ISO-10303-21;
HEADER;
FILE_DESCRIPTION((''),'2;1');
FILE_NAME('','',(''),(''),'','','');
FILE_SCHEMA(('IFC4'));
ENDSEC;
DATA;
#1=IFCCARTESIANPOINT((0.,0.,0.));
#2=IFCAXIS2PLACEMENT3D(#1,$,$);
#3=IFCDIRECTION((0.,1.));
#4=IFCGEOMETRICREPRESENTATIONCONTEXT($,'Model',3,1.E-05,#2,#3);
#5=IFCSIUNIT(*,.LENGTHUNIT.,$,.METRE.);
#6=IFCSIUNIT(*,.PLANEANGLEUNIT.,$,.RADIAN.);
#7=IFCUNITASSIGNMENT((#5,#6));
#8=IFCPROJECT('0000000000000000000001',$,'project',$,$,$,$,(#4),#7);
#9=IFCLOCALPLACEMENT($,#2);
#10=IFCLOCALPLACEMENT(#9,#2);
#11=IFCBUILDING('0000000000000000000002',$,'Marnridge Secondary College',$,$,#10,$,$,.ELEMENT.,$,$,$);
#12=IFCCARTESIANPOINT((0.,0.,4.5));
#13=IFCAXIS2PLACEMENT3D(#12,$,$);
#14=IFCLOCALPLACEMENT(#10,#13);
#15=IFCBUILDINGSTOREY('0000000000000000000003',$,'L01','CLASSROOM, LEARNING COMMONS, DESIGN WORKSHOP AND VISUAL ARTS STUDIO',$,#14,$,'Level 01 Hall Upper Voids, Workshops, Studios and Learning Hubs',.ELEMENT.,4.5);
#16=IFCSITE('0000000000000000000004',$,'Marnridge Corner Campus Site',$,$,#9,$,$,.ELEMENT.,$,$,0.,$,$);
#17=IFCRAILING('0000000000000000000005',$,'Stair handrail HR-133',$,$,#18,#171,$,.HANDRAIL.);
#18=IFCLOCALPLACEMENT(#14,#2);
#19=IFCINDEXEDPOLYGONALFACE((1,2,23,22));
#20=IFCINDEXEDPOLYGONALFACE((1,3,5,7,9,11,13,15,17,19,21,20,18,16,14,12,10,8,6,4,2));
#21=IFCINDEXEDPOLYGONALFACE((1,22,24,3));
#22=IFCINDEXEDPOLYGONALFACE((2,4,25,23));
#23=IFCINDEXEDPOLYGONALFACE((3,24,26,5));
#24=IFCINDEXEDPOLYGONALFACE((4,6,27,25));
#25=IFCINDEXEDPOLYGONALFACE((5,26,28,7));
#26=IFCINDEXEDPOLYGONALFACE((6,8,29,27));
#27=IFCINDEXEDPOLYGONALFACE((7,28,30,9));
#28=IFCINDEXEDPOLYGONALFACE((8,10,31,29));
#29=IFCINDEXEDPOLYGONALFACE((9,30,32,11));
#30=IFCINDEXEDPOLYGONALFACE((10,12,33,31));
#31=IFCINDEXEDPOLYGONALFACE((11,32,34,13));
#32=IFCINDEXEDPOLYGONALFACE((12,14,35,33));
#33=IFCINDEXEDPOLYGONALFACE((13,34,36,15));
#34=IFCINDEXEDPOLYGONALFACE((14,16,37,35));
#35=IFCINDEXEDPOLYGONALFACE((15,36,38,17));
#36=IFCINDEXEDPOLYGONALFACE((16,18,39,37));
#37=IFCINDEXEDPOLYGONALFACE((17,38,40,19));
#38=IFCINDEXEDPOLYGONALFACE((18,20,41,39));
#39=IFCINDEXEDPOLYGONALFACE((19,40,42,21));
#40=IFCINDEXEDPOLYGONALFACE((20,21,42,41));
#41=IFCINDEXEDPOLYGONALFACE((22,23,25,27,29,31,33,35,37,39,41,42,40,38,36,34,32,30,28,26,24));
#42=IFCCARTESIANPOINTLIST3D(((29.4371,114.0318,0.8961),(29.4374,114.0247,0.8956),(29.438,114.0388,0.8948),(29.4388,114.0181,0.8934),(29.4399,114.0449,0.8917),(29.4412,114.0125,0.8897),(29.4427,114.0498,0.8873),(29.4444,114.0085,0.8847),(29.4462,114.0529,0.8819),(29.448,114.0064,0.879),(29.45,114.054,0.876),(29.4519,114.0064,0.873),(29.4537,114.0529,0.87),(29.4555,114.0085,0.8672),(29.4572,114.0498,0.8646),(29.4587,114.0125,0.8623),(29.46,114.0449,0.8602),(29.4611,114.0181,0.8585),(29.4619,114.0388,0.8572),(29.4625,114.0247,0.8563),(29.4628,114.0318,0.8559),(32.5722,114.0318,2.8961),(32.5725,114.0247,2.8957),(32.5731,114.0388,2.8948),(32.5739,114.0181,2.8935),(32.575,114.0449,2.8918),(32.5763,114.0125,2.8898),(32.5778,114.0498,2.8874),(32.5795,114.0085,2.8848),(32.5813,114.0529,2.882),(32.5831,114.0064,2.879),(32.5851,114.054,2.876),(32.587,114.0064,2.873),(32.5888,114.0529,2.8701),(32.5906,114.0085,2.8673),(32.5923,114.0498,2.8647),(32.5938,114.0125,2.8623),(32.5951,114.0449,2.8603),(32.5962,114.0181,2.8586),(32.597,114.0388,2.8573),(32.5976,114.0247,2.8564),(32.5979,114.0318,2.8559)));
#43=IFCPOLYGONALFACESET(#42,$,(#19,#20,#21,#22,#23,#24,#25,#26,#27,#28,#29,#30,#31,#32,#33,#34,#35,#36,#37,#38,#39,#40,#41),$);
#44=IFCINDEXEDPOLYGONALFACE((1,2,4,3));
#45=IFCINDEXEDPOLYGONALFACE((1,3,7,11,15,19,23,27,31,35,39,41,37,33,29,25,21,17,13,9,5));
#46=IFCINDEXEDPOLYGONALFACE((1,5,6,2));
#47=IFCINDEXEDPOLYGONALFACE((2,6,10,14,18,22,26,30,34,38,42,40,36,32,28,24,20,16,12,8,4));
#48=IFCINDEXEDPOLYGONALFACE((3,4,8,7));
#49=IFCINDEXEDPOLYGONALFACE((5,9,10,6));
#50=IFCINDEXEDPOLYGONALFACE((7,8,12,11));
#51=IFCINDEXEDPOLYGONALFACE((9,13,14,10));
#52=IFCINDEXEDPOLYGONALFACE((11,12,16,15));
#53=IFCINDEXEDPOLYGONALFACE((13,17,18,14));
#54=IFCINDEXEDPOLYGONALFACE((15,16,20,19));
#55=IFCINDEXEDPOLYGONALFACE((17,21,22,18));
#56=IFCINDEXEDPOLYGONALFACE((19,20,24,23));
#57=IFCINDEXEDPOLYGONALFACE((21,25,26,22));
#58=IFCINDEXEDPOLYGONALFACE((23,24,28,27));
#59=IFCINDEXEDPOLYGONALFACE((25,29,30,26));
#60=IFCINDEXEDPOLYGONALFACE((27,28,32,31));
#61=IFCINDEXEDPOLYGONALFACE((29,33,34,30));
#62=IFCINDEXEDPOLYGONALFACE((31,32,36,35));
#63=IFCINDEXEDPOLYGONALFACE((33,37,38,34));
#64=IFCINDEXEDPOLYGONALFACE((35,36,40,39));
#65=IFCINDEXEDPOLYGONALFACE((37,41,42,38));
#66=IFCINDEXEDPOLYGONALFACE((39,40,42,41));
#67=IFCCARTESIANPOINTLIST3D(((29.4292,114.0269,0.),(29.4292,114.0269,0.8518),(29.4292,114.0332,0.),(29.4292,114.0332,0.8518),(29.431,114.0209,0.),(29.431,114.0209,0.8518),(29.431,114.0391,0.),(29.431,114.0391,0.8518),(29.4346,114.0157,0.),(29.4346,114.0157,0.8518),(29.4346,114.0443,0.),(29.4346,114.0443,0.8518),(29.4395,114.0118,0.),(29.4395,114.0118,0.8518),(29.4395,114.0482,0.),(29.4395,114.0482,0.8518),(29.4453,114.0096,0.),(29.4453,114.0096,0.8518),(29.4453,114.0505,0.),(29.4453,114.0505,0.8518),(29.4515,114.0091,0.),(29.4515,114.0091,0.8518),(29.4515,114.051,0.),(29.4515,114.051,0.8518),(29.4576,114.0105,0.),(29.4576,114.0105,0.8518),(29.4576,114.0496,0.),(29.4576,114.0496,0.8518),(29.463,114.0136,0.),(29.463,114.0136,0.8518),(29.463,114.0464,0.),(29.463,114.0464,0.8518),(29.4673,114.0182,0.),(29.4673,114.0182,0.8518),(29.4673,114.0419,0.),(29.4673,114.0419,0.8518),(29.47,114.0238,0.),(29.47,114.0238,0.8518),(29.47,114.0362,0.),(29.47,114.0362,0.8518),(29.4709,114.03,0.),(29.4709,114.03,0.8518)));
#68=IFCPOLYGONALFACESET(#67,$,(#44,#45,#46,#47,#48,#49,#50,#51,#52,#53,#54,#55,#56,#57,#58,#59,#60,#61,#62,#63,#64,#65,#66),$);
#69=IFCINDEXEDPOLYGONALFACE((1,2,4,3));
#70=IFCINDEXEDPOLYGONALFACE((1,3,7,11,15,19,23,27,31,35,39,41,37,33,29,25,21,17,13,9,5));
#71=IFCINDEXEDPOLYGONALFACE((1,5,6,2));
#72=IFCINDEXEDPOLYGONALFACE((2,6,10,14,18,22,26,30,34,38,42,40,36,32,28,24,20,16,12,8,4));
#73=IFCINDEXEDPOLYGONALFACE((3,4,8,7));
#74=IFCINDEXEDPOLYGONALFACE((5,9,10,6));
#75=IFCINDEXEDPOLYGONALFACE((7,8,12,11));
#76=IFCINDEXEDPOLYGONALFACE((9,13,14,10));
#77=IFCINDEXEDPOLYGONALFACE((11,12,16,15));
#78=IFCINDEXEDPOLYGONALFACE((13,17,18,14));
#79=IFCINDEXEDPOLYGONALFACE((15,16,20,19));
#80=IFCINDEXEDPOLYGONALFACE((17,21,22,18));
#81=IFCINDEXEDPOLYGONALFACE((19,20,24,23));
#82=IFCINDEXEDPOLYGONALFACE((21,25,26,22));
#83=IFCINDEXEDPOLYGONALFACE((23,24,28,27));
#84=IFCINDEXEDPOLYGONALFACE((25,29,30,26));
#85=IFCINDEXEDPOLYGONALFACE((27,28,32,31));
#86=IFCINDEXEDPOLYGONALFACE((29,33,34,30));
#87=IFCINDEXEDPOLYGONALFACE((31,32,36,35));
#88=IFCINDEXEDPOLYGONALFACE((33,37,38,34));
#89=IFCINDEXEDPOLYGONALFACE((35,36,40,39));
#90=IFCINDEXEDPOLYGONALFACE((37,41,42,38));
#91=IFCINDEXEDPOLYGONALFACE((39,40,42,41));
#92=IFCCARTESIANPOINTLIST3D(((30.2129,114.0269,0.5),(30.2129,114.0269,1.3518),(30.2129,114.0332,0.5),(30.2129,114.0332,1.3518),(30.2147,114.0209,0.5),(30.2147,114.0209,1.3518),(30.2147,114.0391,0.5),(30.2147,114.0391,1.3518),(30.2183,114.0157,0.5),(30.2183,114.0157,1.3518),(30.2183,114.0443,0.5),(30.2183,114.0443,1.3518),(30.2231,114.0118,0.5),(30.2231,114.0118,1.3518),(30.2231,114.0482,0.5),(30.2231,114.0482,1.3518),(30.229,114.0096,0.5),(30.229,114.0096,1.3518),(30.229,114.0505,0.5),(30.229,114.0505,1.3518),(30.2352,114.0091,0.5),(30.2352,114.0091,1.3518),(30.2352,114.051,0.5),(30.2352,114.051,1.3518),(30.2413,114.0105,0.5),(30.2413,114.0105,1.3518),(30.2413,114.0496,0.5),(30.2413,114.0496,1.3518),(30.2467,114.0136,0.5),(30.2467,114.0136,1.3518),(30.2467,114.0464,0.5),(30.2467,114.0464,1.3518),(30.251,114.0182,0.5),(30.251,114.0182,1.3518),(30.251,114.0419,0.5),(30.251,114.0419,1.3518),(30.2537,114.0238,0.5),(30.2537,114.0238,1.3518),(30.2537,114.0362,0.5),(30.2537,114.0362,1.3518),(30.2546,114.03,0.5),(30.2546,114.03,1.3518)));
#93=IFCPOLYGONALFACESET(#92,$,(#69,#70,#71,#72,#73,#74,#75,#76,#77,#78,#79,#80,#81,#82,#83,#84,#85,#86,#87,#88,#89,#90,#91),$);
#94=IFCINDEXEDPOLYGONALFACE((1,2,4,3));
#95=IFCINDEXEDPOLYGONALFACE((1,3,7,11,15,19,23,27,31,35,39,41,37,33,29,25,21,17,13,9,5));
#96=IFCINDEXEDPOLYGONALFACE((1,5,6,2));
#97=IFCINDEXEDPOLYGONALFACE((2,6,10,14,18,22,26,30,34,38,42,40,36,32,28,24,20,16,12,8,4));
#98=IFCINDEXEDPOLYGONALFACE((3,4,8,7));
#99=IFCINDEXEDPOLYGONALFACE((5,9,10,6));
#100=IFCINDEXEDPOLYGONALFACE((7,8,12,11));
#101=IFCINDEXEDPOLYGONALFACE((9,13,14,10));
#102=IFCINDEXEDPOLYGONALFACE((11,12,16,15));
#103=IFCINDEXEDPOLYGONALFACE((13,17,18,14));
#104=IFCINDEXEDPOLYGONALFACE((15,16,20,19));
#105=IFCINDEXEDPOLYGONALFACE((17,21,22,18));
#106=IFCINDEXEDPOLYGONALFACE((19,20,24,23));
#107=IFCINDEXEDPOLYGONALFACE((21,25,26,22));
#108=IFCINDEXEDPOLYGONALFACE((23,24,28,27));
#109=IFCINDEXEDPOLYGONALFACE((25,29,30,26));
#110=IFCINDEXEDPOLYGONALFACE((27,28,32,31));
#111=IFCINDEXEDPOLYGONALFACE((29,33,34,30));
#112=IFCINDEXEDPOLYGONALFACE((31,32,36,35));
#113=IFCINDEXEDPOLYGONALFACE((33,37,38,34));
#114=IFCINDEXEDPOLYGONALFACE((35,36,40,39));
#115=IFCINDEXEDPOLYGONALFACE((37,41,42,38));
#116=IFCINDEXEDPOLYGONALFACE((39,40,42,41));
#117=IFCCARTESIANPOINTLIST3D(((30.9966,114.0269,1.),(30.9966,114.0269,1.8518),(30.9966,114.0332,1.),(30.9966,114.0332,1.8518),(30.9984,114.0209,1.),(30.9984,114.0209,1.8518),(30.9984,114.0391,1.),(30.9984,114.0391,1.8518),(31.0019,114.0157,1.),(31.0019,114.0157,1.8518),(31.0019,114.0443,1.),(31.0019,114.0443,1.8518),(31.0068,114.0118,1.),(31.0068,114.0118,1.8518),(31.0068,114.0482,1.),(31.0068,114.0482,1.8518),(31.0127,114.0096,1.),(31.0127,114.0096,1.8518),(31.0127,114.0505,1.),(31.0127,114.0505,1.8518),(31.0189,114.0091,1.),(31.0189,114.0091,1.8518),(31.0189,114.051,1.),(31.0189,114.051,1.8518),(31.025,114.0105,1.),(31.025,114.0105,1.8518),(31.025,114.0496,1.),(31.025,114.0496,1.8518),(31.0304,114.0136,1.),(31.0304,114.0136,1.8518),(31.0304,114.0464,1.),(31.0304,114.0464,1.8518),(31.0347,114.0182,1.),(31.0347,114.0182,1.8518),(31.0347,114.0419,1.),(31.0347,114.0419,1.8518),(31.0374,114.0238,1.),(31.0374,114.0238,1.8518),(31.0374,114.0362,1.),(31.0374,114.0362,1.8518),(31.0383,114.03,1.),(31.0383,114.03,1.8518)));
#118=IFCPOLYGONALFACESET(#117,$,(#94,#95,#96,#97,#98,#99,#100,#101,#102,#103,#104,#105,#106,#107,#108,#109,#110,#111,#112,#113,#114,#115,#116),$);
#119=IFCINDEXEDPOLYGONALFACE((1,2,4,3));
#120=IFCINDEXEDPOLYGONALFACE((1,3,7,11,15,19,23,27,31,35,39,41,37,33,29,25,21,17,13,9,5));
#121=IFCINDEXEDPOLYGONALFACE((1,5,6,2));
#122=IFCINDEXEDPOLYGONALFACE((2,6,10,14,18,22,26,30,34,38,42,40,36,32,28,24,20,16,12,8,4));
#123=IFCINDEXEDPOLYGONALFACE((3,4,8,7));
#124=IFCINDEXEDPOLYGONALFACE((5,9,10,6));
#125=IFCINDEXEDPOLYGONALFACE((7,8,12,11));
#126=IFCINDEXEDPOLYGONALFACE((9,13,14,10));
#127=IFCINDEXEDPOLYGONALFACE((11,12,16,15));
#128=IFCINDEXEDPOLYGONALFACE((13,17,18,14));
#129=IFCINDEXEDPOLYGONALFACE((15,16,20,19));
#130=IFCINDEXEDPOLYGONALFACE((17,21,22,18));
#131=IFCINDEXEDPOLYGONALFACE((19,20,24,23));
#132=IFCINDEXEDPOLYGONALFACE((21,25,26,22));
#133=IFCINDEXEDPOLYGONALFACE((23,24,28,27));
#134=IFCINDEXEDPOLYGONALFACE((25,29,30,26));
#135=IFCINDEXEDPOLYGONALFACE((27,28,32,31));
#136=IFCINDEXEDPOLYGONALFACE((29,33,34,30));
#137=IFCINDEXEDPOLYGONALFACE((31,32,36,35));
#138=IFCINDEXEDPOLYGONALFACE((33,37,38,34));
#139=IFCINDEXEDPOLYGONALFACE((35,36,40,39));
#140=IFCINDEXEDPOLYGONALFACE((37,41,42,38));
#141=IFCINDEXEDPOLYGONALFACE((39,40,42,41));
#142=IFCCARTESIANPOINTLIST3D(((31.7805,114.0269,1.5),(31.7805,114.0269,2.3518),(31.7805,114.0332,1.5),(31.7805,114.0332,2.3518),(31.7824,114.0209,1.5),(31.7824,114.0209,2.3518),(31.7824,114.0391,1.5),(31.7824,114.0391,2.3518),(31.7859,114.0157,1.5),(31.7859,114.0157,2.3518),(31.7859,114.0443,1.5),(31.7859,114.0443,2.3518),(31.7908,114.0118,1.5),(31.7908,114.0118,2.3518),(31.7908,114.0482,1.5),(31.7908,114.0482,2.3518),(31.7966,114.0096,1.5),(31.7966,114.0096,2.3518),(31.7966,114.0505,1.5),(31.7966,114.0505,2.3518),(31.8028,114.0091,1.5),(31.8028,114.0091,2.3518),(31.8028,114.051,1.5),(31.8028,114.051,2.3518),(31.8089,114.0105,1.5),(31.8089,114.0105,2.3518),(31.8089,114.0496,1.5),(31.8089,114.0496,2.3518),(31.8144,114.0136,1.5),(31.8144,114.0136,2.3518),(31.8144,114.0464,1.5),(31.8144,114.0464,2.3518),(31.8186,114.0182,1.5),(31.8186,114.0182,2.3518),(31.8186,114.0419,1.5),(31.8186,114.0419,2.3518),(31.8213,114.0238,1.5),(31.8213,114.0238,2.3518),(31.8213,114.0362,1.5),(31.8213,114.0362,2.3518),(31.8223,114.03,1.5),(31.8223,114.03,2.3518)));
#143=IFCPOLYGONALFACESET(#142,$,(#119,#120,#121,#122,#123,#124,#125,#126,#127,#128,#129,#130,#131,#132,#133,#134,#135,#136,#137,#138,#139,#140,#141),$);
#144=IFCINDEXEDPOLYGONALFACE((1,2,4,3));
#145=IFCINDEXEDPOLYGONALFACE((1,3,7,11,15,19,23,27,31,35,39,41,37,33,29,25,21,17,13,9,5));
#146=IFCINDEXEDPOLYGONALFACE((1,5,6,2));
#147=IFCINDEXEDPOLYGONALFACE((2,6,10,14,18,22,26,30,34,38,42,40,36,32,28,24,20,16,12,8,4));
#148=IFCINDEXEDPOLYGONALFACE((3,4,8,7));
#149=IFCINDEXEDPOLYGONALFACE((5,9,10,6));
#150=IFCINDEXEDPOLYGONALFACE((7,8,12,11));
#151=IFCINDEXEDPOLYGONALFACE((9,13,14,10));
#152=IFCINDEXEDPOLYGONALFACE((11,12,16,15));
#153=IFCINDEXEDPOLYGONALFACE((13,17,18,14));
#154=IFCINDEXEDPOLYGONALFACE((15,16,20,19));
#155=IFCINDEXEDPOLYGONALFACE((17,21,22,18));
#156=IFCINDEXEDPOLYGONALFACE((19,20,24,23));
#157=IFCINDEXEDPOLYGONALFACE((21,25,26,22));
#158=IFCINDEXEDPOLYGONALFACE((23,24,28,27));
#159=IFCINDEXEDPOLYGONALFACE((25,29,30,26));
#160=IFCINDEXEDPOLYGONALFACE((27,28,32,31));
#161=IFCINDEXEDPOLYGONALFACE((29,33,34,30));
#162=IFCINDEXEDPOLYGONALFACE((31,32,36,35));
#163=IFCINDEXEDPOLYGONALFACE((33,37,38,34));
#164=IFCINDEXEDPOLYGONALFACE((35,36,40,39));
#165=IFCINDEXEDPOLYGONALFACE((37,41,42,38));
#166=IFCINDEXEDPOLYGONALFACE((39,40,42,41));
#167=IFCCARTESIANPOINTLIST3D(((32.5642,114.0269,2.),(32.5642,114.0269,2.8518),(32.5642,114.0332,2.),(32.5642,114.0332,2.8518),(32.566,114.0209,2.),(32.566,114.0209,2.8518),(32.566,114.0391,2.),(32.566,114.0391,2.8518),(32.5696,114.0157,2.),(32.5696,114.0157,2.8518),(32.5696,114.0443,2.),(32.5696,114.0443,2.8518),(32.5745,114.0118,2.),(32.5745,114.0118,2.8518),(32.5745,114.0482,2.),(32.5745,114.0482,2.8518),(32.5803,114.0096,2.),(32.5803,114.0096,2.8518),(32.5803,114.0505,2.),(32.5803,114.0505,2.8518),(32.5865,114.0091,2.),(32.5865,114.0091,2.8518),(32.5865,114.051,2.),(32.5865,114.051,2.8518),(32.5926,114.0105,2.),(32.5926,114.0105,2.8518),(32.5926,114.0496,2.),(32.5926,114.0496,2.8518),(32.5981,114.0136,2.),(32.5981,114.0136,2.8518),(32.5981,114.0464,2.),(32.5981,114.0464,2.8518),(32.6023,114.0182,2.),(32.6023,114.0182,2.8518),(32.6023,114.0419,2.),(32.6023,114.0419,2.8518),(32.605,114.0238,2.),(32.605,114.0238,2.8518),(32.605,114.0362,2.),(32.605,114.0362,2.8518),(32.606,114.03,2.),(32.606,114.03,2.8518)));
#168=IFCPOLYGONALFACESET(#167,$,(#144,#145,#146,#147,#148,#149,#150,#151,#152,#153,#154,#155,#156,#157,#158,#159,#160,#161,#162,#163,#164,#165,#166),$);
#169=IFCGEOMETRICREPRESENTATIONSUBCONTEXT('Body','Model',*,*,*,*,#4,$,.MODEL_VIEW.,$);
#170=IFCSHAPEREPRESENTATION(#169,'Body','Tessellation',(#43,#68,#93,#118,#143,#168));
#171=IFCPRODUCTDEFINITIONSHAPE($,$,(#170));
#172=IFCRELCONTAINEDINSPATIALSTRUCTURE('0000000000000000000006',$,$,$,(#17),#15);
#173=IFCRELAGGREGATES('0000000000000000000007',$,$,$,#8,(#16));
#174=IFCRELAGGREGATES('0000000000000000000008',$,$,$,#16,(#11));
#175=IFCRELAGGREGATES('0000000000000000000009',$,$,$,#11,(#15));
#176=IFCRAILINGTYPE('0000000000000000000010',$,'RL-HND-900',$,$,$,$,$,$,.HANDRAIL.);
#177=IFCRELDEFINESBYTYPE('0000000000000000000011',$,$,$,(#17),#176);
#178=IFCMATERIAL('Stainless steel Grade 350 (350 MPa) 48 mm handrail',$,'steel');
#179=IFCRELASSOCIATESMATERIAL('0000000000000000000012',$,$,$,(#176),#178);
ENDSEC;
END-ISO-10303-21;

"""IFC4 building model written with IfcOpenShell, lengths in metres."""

from ifc_helpers import new_model, si_unit, direction, frame, origin, origin_2d, place, context, subcontext, project, spatial, circle, extrude, material, type_object, element, save


model = new_model("IFC4")

# Units and contexts
model_context = context("Model", 3, precision=1e-05, world=origin(), true_north=direction((0.0, 1.0)))
body_context = subcontext(model_context, "Body", "Model", "MODEL_VIEW")
ifc_project = project(units=[si_unit("LENGTHUNIT", "METRE"), si_unit("PLANEANGLEUNIT", "RADIAN")], contexts=[model_context])

# Site, building, storey
site_placement = place(None, origin())
site = spatial("IfcSite", under=ifc_project, at=site_placement, Name="Marnridge Corner Campus Site", CompositionType="ELEMENT", RefElevation=0.0)
building_placement = place(site_placement, origin())
building = spatial("IfcBuilding", under=site, at=building_placement, Name="Marnridge Secondary College", CompositionType="ELEMENT")
storey_placement = place(building_placement, frame((0.0, 0.0, 4.5)))
storey = spatial("IfcBuildingStorey", under=building, at=storey_placement, Name="L01", Description="CLASSROOM, LEARNING COMMONS, DESIGN WORKSHOP AND VISUAL ARTS STUDIO", LongName="Level 01 Hall Upper Voids, Workshops, Studios and Learning Hubs", CompositionType="ELEMENT", Elevation=4.5)

# Railing
ifc_material_1 = material(Name="Stainless steel Grade 350 (350 MPa) 48 mm handrail", Category="steel")
railing_type_1 = type_object("IfcRailingType", Name="RL-HND-900", PredefinedType="HANDRAIL", material=ifc_material_1)
for number, where, name in (
    (1, (29.45, 114.03, 0.0), "Stair handrail HR-133"),
):
    element("IfcRailing", number, at=place(storey_placement, frame(where)), inside=storey, type_object=railing_type_1, Name=name, PredefinedType="HANDRAIL", context=body_context, shape_type="SweptSolid", body=[
        extrude(circle(Radius=0.0239, at=origin_2d()), frame((0.0, 0.0, 0.876), z_axis=(0.843053, 0.0, 0.537831), x_axis=(0.0, 1.0, 0.0)), (0.0, 0.0, 1.0), 3.7188),
        extrude(circle(Radius=0.021, at=origin_2d()), origin(), (0.0, 0.0, 1.0), 0.8518),
        extrude(circle(Radius=0.021, at=origin_2d()), frame((0.7837, 0.0, 0.5)), (0.0, 0.0, 1.0), 0.8518),
        extrude(circle(Radius=0.021, at=origin_2d()), frame((1.5674, 0.0, 1.0)), (0.0, 0.0, 1.0), 0.8518),
        extrude(circle(Radius=0.021, at=origin_2d()), frame((2.3513, 0.0, 1.5)), (0.0, 0.0, 1.0), 0.8518),
        extrude(circle(Radius=0.021, at=origin_2d()), frame((3.135, 0.0, 2.0)), (0.0, 0.0, 1.0), 0.8518),
    ])

save(model, "model.ifc")
